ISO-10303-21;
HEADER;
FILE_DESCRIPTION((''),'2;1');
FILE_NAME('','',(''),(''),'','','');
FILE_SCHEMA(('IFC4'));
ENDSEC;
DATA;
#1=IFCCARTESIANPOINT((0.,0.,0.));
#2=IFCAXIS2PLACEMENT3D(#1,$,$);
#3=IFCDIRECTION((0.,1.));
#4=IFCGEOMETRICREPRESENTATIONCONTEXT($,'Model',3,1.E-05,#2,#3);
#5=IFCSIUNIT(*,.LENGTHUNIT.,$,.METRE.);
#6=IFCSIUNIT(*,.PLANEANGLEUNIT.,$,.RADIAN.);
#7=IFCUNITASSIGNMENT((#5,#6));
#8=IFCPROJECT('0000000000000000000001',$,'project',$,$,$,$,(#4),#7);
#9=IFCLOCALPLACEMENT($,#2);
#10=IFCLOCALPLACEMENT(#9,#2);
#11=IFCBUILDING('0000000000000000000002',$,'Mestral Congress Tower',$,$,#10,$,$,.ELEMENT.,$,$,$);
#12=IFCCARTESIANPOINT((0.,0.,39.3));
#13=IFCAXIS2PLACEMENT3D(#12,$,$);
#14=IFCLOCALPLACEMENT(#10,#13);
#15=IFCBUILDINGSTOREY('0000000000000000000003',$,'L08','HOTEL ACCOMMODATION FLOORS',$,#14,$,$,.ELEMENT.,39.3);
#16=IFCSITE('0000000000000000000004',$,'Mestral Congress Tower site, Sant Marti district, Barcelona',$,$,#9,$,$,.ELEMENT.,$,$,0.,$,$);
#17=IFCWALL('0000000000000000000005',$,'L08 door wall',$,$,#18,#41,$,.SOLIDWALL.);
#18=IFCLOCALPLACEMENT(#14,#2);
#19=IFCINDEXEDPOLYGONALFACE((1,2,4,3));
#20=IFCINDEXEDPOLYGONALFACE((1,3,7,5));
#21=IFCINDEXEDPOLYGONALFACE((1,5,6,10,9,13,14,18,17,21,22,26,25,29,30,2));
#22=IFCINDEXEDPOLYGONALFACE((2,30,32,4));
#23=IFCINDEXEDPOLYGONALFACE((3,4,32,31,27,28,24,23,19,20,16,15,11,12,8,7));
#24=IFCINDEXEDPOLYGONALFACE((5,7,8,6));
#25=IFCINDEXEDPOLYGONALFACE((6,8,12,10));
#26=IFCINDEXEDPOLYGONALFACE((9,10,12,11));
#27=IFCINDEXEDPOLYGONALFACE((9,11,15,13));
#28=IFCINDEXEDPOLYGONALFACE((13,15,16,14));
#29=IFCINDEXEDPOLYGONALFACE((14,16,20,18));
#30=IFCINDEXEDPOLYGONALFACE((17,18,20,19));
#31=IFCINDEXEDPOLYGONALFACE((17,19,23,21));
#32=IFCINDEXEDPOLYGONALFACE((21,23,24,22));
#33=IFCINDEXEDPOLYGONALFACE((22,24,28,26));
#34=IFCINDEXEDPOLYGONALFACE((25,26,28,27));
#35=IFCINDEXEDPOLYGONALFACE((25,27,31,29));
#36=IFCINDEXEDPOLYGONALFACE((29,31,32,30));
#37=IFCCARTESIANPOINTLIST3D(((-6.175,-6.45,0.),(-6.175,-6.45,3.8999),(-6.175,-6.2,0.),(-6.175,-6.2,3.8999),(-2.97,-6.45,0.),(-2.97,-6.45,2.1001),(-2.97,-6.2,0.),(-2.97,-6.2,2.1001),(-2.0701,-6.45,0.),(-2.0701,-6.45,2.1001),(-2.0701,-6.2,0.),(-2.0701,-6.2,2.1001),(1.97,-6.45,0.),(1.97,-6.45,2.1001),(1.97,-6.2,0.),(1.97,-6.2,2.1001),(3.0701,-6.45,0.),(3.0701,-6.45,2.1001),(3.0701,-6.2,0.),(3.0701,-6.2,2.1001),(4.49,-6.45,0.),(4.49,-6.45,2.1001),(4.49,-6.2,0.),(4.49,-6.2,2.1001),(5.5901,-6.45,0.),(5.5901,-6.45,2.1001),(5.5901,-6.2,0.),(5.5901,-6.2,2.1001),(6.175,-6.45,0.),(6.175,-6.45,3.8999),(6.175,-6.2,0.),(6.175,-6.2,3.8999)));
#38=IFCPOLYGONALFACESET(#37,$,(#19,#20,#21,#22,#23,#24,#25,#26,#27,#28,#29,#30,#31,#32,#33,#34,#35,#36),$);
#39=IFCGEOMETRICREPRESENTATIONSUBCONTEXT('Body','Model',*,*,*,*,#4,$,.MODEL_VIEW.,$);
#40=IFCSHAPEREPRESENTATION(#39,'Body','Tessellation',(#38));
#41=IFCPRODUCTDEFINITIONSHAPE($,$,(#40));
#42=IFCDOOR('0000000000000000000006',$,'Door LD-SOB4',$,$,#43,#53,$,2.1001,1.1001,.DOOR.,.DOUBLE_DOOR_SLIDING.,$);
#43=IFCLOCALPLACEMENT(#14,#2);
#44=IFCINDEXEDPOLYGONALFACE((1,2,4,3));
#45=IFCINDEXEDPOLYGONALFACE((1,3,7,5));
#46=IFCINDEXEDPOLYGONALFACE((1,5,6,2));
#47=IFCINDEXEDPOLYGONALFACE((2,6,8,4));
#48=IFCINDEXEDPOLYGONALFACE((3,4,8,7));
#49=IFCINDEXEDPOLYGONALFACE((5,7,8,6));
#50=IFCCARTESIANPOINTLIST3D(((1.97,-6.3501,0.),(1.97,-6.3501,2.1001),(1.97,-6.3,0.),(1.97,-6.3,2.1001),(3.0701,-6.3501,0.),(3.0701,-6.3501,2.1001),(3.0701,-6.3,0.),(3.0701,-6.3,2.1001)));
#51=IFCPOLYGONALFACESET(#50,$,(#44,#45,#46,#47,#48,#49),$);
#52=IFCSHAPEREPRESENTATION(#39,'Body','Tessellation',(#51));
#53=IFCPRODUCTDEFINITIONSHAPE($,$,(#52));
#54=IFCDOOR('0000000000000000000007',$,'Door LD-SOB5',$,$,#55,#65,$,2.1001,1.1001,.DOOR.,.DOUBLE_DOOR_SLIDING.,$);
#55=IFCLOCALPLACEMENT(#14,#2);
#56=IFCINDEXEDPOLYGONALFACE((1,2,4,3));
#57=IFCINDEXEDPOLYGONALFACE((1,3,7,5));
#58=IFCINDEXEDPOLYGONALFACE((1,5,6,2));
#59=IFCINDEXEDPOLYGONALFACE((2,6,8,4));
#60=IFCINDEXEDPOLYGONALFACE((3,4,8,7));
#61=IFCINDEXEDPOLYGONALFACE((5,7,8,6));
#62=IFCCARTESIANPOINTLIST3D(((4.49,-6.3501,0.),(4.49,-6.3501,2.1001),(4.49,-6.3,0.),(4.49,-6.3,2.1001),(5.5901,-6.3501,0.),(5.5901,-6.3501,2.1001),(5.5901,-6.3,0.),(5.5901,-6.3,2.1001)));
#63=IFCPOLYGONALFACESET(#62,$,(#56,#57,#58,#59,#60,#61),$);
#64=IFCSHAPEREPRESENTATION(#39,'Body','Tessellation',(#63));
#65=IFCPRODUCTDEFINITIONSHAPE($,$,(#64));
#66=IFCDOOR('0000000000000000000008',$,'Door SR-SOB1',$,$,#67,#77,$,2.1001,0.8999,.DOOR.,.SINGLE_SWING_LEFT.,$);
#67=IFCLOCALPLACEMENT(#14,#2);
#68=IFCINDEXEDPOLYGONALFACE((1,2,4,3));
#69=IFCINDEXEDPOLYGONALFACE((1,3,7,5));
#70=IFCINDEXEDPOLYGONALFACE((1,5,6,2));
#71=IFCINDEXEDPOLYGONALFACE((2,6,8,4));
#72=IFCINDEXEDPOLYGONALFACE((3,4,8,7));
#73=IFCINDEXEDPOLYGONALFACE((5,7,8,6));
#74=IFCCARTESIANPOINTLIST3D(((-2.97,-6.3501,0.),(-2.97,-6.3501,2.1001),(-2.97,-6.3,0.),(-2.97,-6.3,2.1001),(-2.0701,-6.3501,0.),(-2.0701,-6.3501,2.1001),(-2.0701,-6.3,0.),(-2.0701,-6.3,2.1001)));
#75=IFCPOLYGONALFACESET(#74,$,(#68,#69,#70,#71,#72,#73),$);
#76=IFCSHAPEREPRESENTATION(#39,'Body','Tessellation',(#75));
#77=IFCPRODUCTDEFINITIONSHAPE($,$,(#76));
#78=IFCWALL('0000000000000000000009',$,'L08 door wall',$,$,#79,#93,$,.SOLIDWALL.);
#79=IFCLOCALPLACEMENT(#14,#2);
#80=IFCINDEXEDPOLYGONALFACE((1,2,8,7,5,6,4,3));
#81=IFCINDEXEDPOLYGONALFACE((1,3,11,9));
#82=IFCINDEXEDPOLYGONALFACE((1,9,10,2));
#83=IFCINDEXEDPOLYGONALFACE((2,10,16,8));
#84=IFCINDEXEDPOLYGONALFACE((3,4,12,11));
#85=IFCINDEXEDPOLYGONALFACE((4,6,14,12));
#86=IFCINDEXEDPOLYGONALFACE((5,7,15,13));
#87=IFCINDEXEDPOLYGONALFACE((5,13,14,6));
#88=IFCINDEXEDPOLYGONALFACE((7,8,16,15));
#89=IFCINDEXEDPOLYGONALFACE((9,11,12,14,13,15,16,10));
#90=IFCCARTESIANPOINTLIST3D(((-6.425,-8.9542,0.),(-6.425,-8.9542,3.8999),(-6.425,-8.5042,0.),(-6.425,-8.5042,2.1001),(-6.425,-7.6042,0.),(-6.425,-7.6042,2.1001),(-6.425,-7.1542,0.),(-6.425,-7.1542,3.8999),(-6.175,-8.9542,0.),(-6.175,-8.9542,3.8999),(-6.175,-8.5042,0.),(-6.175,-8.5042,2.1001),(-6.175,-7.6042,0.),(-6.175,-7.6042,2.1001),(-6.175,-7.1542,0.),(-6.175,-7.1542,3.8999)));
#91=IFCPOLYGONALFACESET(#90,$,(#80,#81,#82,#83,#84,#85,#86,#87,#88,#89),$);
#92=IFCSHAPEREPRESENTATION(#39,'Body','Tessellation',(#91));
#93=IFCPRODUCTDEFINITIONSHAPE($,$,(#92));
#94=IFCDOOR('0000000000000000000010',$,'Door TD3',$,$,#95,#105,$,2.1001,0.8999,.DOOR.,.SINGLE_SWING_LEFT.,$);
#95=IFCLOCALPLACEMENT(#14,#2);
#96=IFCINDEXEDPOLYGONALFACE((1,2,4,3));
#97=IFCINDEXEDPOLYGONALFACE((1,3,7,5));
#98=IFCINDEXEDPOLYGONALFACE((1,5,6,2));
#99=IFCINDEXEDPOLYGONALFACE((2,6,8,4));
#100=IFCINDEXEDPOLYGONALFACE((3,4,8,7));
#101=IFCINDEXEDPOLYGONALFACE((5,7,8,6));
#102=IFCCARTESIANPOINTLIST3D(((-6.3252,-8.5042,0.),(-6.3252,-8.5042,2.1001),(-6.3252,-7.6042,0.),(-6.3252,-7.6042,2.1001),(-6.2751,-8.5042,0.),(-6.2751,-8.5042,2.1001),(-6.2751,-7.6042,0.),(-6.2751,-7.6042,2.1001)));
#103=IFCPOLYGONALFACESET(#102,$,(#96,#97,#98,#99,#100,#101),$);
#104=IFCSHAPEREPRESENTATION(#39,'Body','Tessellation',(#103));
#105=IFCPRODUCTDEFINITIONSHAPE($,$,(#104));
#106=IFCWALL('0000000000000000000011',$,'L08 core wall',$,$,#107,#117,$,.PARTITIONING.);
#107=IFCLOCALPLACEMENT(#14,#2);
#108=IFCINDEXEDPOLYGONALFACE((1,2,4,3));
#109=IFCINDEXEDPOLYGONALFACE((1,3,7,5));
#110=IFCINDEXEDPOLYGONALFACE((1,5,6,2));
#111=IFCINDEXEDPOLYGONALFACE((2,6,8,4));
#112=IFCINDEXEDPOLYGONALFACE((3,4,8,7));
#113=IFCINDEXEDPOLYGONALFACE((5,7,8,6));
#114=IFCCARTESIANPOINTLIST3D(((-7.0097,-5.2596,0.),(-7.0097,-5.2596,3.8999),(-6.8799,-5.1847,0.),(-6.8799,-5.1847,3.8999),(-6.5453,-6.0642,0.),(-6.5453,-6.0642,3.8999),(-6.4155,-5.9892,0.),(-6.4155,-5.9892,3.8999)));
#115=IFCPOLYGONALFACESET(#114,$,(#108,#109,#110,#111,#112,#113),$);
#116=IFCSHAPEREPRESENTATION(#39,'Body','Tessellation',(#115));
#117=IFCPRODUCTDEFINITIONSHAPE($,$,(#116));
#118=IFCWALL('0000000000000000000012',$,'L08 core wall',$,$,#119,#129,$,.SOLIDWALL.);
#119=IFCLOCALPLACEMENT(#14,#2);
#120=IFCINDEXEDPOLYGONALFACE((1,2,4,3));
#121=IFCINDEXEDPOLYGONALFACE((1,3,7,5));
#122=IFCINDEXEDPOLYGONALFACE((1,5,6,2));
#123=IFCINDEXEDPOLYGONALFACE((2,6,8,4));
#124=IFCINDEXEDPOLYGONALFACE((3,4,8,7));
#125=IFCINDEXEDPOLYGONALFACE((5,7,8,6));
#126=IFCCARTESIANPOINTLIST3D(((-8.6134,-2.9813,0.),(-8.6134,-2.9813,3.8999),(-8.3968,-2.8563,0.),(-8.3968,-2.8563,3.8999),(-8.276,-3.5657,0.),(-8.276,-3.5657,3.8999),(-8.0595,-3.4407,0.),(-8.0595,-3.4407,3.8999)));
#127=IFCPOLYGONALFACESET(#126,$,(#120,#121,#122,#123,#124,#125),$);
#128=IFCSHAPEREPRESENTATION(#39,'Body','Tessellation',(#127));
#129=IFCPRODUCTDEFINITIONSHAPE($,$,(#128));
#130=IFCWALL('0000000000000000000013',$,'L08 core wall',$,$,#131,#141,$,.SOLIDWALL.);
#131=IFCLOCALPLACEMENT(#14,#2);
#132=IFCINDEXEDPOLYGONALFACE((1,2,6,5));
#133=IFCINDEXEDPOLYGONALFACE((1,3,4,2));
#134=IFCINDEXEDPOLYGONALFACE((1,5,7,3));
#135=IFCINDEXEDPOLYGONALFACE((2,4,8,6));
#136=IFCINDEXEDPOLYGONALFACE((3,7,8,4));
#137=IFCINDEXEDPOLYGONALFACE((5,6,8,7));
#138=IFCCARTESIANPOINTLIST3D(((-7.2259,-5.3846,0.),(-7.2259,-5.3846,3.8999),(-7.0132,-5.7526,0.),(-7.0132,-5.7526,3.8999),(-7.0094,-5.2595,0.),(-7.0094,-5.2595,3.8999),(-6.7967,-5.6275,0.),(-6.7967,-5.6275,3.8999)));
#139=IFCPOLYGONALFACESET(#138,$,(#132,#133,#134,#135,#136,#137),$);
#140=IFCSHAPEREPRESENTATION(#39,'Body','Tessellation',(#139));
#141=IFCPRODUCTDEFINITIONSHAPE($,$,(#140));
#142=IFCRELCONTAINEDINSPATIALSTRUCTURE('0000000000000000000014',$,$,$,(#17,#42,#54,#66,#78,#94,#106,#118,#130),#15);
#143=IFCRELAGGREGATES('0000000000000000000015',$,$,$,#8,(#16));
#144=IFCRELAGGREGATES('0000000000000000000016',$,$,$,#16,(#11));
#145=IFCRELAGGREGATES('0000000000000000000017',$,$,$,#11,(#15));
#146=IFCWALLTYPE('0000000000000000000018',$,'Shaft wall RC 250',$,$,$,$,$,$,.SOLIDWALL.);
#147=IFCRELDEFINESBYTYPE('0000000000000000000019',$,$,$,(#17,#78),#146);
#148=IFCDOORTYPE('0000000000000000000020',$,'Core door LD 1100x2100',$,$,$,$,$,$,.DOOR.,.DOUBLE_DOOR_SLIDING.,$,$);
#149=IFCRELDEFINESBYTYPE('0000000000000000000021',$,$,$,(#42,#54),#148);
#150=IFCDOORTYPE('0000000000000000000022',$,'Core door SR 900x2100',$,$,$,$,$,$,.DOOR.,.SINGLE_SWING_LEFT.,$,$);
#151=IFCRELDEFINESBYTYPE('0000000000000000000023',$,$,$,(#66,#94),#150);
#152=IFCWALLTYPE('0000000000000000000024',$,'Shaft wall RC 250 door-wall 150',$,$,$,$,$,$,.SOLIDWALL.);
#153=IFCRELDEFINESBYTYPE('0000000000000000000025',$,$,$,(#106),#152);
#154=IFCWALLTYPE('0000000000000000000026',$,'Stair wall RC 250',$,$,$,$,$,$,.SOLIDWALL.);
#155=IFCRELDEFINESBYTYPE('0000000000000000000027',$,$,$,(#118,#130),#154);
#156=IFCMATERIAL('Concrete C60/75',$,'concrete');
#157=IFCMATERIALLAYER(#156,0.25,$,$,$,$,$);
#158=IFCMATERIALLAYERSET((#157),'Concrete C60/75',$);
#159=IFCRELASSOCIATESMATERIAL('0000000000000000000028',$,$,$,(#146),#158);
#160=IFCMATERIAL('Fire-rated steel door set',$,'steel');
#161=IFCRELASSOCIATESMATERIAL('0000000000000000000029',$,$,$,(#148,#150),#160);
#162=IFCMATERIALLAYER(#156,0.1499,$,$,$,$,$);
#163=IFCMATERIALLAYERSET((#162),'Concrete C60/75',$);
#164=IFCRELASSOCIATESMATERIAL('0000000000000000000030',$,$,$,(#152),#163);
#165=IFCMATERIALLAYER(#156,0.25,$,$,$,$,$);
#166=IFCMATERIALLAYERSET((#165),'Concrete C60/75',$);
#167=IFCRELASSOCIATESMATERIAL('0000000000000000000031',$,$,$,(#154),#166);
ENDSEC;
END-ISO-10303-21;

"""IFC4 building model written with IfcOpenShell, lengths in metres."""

from ifc_helpers import new_model, si_unit, direction, frame, frame_2d, origin, place, context, subcontext, project, spatial, rectangle, extrude, material, layer, layer_set, type_object, element, fill, save


model = new_model("IFC4")

# Units and contexts
model_context = context("Model", 3, precision=1e-05, world=origin(), true_north=direction((0.0, 1.0)))
body_context = subcontext(model_context, "Body", "Model", "MODEL_VIEW")
ifc_project = project(units=[si_unit("LENGTHUNIT", "METRE"), si_unit("PLANEANGLEUNIT", "RADIAN")], contexts=[model_context])

# Site, building, storey
site_placement = place(None, origin())
site = spatial("IfcSite", under=ifc_project, at=site_placement, Name="Mestral Congress Tower site, Sant Marti district, Barcelona", CompositionType="ELEMENT", RefElevation=0.0)
building_placement = place(site_placement, origin())
building = spatial("IfcBuilding", under=site, at=building_placement, Name="Mestral Congress Tower", CompositionType="ELEMENT")
storey_placement = place(building_placement, frame((0.0, 0.0, 39.3)))
storey = spatial("IfcBuildingStorey", under=building, at=storey_placement, Name="L08", Description="HOTEL ACCOMMODATION FLOORS", CompositionType="ELEMENT", Elevation=39.3)

# Shared definitions
ifc_material_1 = material(Name="Fire-rated steel door set", Category="steel")

# Shared definitions
ifc_material_2 = material(Name="Concrete C60/75", Category="concrete")
ifc_layer_1 = layer(ifc_material_2, 0.25)
ifc_layer_set_1 = layer_set([ifc_layer_1], Name="Concrete C60/75")
wall_type_1 = type_object("IfcWallType", Name="Shaft wall RC 250", PredefinedType="SOLIDWALL", material=ifc_layer_set_1)

# Wall, openings, doors
door_type_1 = type_object("IfcDoorType", Name="Core door LD 1100x2100", OperationType="DOUBLE_DOOR_SLIDING", PredefinedType="DOOR", material=ifc_material_1)
wall_1_placement = place(storey_placement, frame((-6.175, -6.325, 0.0), z_axis=(0.0, 0.0, 1.0), x_axis=(1.0, 0.0, 0.0)))
wall_1 = element("IfcWall", 1, at=wall_1_placement, inside=storey, type_object=wall_type_1, Name="L08 door wall", PredefinedType="SOLIDWALL", context=body_context, shape_type="SweptSolid", body=[
    extrude(rectangle(XDim=12.3501, YDim=0.25, at=frame_2d((6.175, 0.0))), origin(), (0.0, 0.0, 1.0), 3.8999),
])
opening_1_placement = place(wall_1_placement, frame((3.2051, 0.0, 0.0)))
opening_1 = element("IfcOpeningElement", 2, at=opening_1_placement, cuts=wall_1, PredefinedType="OPENING", context=body_context, shape_type="SweptSolid", body=[
    extrude(rectangle(XDim=0.8999, YDim=2.1001, at=frame_2d((0.45, 1.05))), frame((0.0, 0.135, 0.0), z_axis=(0.0, -1.0, 0.0), x_axis=(1.0, 0.0, 0.0)), (0.0, 0.0, 1.0), 0.27),
])
opening_2_placement = place(wall_1_placement, frame((8.145, 0.0, 0.0)))
opening_2 = element("IfcOpeningElement", 3, at=opening_2_placement, cuts=wall_1, PredefinedType="OPENING", context=body_context, shape_type="SweptSolid", body=[
    extrude(rectangle(XDim=1.1001, YDim=2.1001, at=frame_2d((0.55, 1.05))), frame((0.0, 0.135, 0.0), z_axis=(0.0, -1.0, 0.0), x_axis=(1.0, 0.0, 0.0)), (0.0, 0.0, 1.0), 0.27),
])
opening_3_placement = place(wall_1_placement, frame((10.665, 0.0, 0.0)))
opening_3 = element("IfcOpeningElement", 4, at=opening_3_placement, cuts=wall_1, PredefinedType="OPENING", context=body_context, shape_type="SweptSolid", body=[
    extrude(rectangle(XDim=1.1001, YDim=2.1001, at=frame_2d((0.55, 1.05))), frame((0.0, 0.135, 0.0), z_axis=(0.0, -1.0, 0.0), x_axis=(1.0, 0.0, 0.0)), (0.0, 0.0, 1.0), 0.27),
])
door_1_placement = place(opening_2_placement, origin())
door_1 = element("IfcDoor", 5, at=door_1_placement, inside=storey, type_object=door_type_1, Name="Door LD-SOB4", OperationType="DOUBLE_DOOR_SLIDING", OverallHeight=2.1001, OverallWidth=1.1001, PredefinedType="DOOR", context=body_context, shape_type="SweptSolid", body=[
    extrude(rectangle(XDim=1.1001, YDim=2.1001, at=frame_2d((0.55, 1.05))), frame((0.0, 0.0249, 0.0), z_axis=(0.0, -1.0, 0.0), x_axis=(1.0, 0.0, 0.0)), (0.0, 0.0, 1.0), 0.05),
])
fill(opening_2, door_1)
door_2_placement = place(opening_3_placement, origin())
door_2 = element("IfcDoor", 6, at=door_2_placement, inside=storey, type_object=door_type_1, Name="Door LD-SOB5", OperationType="DOUBLE_DOOR_SLIDING", OverallHeight=2.1001, OverallWidth=1.1001, PredefinedType="DOOR", context=body_context, shape_type="SweptSolid", body=[
    extrude(rectangle(XDim=1.1001, YDim=2.1001, at=frame_2d((0.55, 1.05))), frame((0.0, 0.0249, 0.0), z_axis=(0.0, -1.0, 0.0), x_axis=(1.0, 0.0, 0.0)), (0.0, 0.0, 1.0), 0.05),
])
fill(opening_3, door_2)
door_type_2 = type_object("IfcDoorType", Name="Core door SR 900x2100", OperationType="SINGLE_SWING_LEFT", PredefinedType="DOOR", material=ifc_material_1)
door_3_placement = place(opening_1_placement, origin())
door_3 = element("IfcDoor", 7, at=door_3_placement, inside=storey, type_object=door_type_2, Name="Door SR-SOB1", OperationType="SINGLE_SWING_LEFT", OverallHeight=2.1001, OverallWidth=0.8999, PredefinedType="DOOR", context=body_context, shape_type="SweptSolid", body=[
    extrude(rectangle(XDim=0.8999, YDim=2.1001, at=frame_2d((0.45, 1.05))), frame((0.0, 0.0249, 0.0), z_axis=(0.0, -1.0, 0.0), x_axis=(1.0, 0.0, 0.0)), (0.0, 0.0, 1.0), 0.05),
])
fill(opening_1, door_3)

# Wall, opening, door
wall_2_placement = place(storey_placement, frame((-6.3, -7.1543, 0.0), z_axis=(0.0, 0.0, 1.0), x_axis=(0.0, -1.0, 0.0)))
wall_2 = element("IfcWall", 8, at=wall_2_placement, inside=storey, type_object=wall_type_1, Name="L08 door wall", PredefinedType="SOLIDWALL", context=body_context, shape_type="SweptSolid", body=[
    extrude(rectangle(XDim=1.8, YDim=0.25, at=frame_2d((0.8999, 0.0))), origin(), (0.0, 0.0, 1.0), 3.8999),
])
opening_4_placement = place(wall_2_placement, frame((0.45, 0.0, 0.0)))
opening_4 = element("IfcOpeningElement", 9, at=opening_4_placement, cuts=wall_2, PredefinedType="OPENING", context=body_context, shape_type="SweptSolid", body=[
    extrude(rectangle(XDim=0.8999, YDim=2.1001, at=frame_2d((0.45, 1.05))), frame((0.0, 0.135, 0.0), z_axis=(0.0, -1.0, 0.0), x_axis=(1.0, 0.0, 0.0)), (0.0, 0.0, 1.0), 0.27),
])
door_4_placement = place(opening_4_placement, origin())
door_4 = element("IfcDoor", 10, at=door_4_placement, inside=storey, type_object=door_type_2, Name="Door TD3", OperationType="SINGLE_SWING_LEFT", OverallHeight=2.1001, OverallWidth=0.8999, PredefinedType="DOOR", context=body_context, shape_type="SweptSolid", body=[
    extrude(rectangle(XDim=0.8999, YDim=2.1001, at=frame_2d((0.45, 1.05))), frame((0.0, 0.0249, 0.0), z_axis=(0.0, -1.0, 0.0), x_axis=(1.0, 0.0, 0.0)), (0.0, 0.0, 1.0), 0.05),
])
fill(opening_4, door_4)

# Walls
ifc_layer_2 = layer(ifc_material_2, 0.1499)
ifc_layer_set_2 = layer_set([ifc_layer_2], Name="Concrete C60/75")
wall_type_2 = type_object("IfcWallType", Name="Shaft wall RC 250 door-wall 150", PredefinedType="SOLIDWALL", material=ifc_layer_set_2)
wall_3_placement = place(storey_placement, frame((-6.4805, -6.0266, 0.0), z_axis=(0.0, 0.0, 1.0), x_axis=(-0.499927, 0.866067, 0.0)))
element("IfcWall", 11, at=wall_3_placement, inside=storey, type_object=wall_type_2, Name="L08 core wall", PredefinedType="PARTITIONING", context=body_context, shape_type="SweptSolid", body=[
    extrude(rectangle(XDim=0.929, YDim=0.1499, at=frame_2d((0.4644, 0.0))), origin(), (0.0, 0.0, 1.0), 3.8999),
])
ifc_layer_3 = layer(ifc_material_2, 0.25)
ifc_layer_set_3 = layer_set([ifc_layer_3], Name="Concrete C60/75")
wall_type_3 = type_object("IfcWallType", Name="Stair wall RC 250", PredefinedType="SOLIDWALL", material=ifc_layer_set_3)
wall_4_placement = place(storey_placement, frame((-8.1677, -3.5032, 0.0), z_axis=(0.0, 0.0, 1.0), x_axis=(-0.499952, 0.866053, 0.0)))
element("IfcWall", 12, at=wall_4_placement, inside=storey, type_object=wall_type_3, Name="L08 core wall", PredefinedType="SOLIDWALL", context=body_context, shape_type="SweptSolid", body=[
    extrude(rectangle(XDim=0.6748, YDim=0.25, at=frame_2d((0.3374, 0.0))), origin(), (0.0, 0.0, 1.0), 3.8999),
])
wall_5_placement = place(storey_placement, frame((-6.905, -5.6899, 0.0), z_axis=(0.0, 0.0, 1.0), x_axis=(-0.500402, 0.865793, 0.0)))
element("IfcWall", 13, at=wall_5_placement, inside=storey, type_object=wall_type_3, Name="L08 core wall", PredefinedType="SOLIDWALL", context=body_context, shape_type="SweptSolid", body=[
    extrude(rectangle(XDim=0.425, YDim=0.25, at=frame_2d((0.2124, 0.0))), origin(), (0.0, 0.0, 1.0), 3.8999),
])

save(model, "model.ifc")
